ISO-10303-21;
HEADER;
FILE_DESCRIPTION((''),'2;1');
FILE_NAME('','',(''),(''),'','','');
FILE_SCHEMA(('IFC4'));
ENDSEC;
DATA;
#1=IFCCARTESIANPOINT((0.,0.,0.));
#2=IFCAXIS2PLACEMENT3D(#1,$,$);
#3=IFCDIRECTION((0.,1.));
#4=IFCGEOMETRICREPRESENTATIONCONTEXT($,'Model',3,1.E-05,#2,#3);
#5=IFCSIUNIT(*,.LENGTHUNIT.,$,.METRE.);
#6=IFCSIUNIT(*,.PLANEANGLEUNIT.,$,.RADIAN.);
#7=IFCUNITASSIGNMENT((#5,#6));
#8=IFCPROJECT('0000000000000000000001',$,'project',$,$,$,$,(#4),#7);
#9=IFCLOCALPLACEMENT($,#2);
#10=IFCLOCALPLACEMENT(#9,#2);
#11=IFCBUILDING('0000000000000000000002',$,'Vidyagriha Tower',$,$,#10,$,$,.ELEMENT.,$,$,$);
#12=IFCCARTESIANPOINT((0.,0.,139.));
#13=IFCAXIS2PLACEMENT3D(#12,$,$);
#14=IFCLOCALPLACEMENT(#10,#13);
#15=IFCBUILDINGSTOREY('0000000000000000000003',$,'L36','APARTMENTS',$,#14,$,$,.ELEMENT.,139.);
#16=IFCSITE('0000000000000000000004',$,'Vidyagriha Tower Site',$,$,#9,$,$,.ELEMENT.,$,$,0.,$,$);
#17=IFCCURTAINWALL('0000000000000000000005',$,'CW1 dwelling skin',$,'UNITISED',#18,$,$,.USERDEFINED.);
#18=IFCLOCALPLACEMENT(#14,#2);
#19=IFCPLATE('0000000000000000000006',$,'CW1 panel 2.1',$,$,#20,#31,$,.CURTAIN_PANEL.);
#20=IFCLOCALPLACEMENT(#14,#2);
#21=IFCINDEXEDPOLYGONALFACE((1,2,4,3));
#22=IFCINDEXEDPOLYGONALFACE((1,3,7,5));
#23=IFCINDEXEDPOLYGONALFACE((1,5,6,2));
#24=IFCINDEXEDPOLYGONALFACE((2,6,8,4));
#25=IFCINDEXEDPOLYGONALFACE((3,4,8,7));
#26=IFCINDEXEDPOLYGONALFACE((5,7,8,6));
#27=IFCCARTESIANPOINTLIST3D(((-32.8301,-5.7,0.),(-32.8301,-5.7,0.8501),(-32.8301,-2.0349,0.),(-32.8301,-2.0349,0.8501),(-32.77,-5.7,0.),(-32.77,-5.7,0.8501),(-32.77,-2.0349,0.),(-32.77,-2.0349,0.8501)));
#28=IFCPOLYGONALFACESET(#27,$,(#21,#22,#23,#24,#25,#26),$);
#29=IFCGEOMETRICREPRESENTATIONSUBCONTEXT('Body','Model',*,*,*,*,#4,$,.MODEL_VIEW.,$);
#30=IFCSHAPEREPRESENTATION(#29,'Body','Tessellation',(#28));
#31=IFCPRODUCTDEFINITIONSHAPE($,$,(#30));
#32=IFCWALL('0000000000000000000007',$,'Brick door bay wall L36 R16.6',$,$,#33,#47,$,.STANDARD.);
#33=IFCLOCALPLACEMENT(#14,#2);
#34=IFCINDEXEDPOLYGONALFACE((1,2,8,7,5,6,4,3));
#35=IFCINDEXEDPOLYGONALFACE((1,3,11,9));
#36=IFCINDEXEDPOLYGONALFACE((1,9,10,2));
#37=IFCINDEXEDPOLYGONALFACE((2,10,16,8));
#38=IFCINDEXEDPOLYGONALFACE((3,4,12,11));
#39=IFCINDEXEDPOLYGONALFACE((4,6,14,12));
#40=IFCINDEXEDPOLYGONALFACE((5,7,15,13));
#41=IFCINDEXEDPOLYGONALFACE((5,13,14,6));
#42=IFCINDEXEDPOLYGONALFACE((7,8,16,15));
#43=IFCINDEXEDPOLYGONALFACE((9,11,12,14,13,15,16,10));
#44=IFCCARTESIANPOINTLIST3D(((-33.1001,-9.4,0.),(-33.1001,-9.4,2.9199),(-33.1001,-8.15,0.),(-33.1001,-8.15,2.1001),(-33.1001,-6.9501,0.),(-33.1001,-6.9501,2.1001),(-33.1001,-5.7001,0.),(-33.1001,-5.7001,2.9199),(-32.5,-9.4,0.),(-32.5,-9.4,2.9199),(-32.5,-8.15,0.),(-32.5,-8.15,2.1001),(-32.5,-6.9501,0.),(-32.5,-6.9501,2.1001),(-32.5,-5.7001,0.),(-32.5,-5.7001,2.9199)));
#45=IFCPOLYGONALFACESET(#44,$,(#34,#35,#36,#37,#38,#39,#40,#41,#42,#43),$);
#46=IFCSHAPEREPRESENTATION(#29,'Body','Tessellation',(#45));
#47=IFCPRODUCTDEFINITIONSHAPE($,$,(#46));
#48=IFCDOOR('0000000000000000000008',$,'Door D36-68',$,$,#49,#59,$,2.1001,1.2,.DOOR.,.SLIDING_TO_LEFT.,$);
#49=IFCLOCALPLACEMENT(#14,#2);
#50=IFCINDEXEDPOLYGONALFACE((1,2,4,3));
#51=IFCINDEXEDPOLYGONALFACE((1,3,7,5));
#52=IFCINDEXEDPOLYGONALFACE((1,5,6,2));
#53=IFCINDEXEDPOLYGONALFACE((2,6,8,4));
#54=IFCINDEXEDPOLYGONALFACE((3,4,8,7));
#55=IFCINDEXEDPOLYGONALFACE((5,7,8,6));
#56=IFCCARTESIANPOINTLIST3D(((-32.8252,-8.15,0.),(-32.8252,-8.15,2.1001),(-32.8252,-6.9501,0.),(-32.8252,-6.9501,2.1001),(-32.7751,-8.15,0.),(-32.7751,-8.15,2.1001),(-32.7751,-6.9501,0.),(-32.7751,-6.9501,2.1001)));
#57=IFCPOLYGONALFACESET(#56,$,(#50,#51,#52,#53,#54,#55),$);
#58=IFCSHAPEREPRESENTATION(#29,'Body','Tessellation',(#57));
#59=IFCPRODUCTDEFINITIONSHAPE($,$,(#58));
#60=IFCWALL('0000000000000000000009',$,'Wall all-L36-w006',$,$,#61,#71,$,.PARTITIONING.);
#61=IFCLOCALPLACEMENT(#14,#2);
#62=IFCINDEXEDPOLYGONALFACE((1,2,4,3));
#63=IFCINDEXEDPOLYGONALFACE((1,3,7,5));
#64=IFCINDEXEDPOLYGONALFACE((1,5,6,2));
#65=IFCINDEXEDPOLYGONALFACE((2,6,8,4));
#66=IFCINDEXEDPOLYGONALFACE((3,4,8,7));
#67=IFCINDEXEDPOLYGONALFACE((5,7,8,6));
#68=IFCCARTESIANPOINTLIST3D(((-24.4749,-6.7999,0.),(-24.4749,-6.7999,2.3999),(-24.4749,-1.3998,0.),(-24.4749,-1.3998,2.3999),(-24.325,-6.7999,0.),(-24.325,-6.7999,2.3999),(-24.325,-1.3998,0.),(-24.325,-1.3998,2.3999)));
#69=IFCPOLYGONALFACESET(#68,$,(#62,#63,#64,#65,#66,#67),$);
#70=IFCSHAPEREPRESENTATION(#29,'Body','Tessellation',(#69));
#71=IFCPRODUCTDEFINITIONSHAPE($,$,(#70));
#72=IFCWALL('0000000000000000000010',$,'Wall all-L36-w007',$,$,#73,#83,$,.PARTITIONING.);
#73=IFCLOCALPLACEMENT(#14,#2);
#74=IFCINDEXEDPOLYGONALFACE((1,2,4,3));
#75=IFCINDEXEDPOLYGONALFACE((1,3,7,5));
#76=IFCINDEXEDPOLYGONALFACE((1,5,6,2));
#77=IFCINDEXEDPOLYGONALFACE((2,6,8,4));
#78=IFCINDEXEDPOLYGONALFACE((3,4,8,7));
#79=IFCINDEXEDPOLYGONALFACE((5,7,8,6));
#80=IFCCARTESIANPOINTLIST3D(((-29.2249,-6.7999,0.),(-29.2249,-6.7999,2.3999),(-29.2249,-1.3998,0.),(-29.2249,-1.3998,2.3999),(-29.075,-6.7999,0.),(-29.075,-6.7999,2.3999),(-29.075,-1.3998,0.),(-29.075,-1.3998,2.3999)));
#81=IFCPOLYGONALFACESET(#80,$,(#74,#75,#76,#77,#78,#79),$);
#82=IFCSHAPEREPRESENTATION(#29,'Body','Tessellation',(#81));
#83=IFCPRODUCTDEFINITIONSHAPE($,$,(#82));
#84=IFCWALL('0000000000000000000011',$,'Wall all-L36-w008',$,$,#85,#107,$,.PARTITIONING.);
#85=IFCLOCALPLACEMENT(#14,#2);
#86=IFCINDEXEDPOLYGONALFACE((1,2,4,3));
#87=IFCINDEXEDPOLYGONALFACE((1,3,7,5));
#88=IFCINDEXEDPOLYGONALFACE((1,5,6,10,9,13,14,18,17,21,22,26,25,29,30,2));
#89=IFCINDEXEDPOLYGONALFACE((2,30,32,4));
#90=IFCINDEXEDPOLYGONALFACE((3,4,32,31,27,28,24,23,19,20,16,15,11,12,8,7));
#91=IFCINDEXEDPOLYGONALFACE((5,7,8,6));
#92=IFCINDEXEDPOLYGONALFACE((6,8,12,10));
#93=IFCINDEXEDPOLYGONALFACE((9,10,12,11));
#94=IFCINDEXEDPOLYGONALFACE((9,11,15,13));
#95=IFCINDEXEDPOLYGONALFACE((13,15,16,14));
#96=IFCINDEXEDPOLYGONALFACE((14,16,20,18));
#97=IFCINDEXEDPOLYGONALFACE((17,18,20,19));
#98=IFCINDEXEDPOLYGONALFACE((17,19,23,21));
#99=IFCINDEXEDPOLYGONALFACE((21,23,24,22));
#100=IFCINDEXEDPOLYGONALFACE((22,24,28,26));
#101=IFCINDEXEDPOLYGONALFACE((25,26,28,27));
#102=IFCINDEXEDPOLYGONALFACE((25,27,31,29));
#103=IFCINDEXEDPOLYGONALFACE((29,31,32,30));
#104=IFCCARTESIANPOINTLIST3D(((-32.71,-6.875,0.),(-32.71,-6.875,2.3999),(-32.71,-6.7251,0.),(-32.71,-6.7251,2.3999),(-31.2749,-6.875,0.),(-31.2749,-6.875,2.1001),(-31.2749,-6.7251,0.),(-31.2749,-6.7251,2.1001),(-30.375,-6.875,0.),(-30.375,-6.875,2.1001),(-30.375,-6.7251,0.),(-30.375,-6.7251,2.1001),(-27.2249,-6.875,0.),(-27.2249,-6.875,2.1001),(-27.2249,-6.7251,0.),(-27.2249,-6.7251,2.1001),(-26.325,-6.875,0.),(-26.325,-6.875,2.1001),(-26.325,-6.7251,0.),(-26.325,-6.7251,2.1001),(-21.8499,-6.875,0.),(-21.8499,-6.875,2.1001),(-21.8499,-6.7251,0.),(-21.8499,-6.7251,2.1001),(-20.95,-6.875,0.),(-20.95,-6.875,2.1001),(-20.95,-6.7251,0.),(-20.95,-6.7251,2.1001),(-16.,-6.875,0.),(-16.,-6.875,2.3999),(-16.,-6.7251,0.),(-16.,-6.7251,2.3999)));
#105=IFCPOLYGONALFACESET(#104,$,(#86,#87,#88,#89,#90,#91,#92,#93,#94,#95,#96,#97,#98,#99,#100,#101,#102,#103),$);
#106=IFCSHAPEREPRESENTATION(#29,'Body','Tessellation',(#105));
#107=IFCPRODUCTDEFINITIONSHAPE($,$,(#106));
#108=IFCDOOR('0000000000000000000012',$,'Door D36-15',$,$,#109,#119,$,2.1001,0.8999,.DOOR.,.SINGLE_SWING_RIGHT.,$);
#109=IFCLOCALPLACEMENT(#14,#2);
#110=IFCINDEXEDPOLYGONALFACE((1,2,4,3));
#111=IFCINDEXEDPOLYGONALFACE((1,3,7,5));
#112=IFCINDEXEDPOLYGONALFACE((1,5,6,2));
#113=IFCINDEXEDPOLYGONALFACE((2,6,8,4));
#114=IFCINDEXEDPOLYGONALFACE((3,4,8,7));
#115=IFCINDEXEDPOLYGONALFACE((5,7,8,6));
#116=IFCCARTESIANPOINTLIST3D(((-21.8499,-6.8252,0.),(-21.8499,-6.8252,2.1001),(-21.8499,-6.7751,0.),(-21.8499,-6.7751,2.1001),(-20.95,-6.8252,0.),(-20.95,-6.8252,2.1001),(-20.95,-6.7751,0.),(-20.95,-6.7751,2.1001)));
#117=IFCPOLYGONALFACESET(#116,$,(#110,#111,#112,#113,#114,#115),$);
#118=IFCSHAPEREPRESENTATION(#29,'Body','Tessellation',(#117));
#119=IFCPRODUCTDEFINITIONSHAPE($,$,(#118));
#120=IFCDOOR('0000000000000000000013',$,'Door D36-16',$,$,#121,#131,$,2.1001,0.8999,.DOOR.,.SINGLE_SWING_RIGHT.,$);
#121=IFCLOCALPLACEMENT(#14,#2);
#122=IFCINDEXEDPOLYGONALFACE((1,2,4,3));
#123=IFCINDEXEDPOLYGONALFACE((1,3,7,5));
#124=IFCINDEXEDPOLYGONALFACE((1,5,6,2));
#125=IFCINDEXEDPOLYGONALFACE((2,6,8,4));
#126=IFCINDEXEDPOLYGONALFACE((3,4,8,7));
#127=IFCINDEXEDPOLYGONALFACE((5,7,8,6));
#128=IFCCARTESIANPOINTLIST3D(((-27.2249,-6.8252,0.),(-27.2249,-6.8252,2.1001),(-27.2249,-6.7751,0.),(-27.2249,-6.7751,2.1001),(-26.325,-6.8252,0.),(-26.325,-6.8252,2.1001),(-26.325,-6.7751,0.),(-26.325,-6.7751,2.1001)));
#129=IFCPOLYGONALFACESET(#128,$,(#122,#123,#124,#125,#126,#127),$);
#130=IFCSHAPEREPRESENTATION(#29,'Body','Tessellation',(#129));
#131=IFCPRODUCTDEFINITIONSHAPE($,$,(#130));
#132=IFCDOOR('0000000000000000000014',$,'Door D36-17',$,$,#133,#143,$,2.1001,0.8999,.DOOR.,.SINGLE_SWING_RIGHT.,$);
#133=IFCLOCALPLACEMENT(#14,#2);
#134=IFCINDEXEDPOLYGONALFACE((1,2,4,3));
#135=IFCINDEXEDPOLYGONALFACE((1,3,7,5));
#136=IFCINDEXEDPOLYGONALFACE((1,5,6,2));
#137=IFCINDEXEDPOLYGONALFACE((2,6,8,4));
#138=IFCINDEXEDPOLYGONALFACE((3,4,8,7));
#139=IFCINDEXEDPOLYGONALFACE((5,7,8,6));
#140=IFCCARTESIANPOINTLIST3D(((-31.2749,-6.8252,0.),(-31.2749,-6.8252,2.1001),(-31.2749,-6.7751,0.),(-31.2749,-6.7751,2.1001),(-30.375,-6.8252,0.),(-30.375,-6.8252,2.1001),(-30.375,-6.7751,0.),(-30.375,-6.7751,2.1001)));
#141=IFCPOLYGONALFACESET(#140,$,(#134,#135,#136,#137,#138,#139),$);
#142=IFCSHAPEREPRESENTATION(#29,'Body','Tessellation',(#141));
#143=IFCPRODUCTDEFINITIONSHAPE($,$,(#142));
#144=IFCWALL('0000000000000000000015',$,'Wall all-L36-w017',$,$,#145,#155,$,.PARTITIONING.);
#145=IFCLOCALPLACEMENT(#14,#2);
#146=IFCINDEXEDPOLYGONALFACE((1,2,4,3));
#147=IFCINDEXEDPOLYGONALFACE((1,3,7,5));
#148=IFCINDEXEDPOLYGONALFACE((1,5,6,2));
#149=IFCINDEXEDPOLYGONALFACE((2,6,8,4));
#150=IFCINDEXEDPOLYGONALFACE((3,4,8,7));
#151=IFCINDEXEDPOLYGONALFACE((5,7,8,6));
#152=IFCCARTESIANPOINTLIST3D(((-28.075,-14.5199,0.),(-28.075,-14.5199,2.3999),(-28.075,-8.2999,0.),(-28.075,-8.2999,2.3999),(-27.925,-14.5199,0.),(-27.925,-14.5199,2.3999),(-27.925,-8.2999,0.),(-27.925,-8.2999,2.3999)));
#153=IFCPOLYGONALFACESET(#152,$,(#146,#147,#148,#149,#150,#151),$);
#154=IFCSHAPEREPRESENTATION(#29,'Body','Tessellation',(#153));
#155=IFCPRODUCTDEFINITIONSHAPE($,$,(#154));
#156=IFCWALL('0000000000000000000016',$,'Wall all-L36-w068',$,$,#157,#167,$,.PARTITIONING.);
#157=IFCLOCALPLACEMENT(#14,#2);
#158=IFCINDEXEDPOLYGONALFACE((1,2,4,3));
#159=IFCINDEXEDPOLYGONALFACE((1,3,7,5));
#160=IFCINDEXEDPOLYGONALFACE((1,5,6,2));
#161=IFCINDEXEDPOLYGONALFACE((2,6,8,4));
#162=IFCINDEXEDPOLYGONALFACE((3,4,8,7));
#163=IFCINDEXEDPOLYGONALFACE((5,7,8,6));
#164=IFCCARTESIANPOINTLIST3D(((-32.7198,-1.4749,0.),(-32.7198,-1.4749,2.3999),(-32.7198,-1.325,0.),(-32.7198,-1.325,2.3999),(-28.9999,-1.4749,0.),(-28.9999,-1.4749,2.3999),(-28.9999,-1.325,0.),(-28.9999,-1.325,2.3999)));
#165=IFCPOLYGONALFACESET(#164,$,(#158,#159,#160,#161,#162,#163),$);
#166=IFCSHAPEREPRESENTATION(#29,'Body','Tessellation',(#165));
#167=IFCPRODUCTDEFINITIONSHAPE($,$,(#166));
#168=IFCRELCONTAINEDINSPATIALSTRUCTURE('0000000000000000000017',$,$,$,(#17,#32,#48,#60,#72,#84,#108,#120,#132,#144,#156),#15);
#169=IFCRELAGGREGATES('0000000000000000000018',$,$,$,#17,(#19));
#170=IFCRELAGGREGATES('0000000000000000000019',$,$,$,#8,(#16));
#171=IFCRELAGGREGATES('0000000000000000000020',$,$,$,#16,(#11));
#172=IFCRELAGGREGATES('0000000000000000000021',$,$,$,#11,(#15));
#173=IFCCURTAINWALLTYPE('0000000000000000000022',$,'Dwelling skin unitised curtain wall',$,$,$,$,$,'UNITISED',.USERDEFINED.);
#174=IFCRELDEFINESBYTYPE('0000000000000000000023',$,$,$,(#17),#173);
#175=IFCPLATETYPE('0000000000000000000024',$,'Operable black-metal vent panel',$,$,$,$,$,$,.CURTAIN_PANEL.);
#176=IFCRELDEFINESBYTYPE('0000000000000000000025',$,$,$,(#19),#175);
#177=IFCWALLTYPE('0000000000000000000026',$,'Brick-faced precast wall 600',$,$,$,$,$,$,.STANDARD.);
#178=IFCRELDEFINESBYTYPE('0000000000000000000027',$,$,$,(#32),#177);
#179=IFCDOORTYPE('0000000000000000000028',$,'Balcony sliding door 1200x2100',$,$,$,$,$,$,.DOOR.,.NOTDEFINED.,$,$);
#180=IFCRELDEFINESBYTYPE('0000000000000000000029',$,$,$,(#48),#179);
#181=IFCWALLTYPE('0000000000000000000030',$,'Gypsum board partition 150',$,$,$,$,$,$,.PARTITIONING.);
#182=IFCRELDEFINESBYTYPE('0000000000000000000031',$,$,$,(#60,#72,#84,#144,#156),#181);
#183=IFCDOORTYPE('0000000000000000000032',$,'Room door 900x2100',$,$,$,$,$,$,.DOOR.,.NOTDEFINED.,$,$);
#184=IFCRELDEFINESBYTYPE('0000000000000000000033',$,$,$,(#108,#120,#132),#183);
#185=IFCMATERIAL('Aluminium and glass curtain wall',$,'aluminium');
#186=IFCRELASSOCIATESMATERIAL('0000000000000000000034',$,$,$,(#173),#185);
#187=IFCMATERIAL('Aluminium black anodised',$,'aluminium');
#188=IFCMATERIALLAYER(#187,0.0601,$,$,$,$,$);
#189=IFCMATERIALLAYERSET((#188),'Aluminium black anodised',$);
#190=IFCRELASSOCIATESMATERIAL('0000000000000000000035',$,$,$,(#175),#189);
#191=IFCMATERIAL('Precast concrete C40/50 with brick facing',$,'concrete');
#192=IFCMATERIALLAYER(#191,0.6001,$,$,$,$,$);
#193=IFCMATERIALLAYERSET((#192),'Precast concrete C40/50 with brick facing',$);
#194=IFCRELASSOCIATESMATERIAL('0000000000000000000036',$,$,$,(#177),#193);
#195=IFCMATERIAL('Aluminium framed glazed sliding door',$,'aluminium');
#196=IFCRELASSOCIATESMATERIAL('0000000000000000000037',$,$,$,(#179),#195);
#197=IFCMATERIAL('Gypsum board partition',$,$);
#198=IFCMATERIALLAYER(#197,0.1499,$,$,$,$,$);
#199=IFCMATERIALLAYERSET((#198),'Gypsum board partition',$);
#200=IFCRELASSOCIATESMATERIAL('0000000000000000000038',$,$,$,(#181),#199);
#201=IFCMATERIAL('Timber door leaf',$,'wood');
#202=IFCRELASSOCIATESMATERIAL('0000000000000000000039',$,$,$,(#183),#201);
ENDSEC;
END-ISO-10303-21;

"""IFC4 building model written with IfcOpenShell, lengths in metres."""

from ifc_helpers import new_model, si_unit, direction, frame, frame_2d, origin, origin_2d, place, context, subcontext, project, spatial, rectangle, extrude, material, layer, layer_set, type_object, element, fill, aggregate, save


model = new_model("IFC4")

# Units and contexts
model_context = context("Model", 3, precision=1e-05, world=origin(), true_north=direction((0.0, 1.0)))
body_context = subcontext(model_context, "Body", "Model", "MODEL_VIEW")
ifc_project = project(units=[si_unit("LENGTHUNIT", "METRE"), si_unit("PLANEANGLEUNIT", "RADIAN")], contexts=[model_context])

# Site, building, storey
site_placement = place(None, origin())
site = spatial("IfcSite", under=ifc_project, at=site_placement, Name="Vidyagriha Tower Site", CompositionType="ELEMENT", RefElevation=0.0)
building_placement = place(site_placement, origin())
building = spatial("IfcBuilding", under=site, at=building_placement, Name="Vidyagriha Tower", CompositionType="ELEMENT")
storey_placement = place(building_placement, frame((0.0, 0.0, 139.0)))
storey = spatial("IfcBuildingStorey", under=building, at=storey_placement, Name="L36", Description="APARTMENTS", CompositionType="ELEMENT", Elevation=139.0)

# Curtain wall
ifc_material_1 = material(Name="Aluminium and glass curtain wall", Category="aluminium")
curtain_wall_type = type_object("IfcCurtainWallType", Name="Dwelling skin unitised curtain wall", ElementType="UNITISED", PredefinedType="USERDEFINED", material=ifc_material_1)
curtain_wall_1_placement = place(storey_placement, origin())
curtain_wall_1 = element("IfcCurtainWall", 1, at=curtain_wall_1_placement, inside=storey, type_object=curtain_wall_type, Name="CW1 dwelling skin", ObjectType="UNITISED", PredefinedType="USERDEFINED")

# Plate
ifc_material_2 = material(Name="Aluminium black anodised", Category="aluminium")
ifc_layer_1 = layer(ifc_material_2, 0.0601)
ifc_layer_set_1 = layer_set([ifc_layer_1], Name="Aluminium black anodised")
plate_type_1 = type_object("IfcPlateType", Name="Operable black-metal vent panel", PredefinedType="CURTAIN_PANEL", material=ifc_layer_set_1)
plate_1_placement = place(storey_placement, frame((-32.8, -3.8674, 0.0), z_axis=(0.0, 0.0, 1.0), x_axis=(0.0, -1.0, 0.0)))
plate_1 = element("IfcPlate", 2, at=plate_1_placement, type_object=plate_type_1, Name="CW1 panel 2.1", PredefinedType="CURTAIN_PANEL", context=body_context, shape_type="SweptSolid", body=[
    extrude(rectangle(XDim=3.665, YDim=0.0601, at=origin_2d()), origin(), (0.0, 0.0, 1.0), 0.8501),
])
aggregate(curtain_wall_1, [plate_1])

# Wall, opening, door
ifc_material_3 = material(Name="Precast concrete C40/50 with brick facing", Category="concrete")
ifc_layer_2 = layer(ifc_material_3, 0.6001)
ifc_layer_set_2 = layer_set([ifc_layer_2], Name="Precast concrete C40/50 with brick facing")
wall_type_1 = type_object("IfcWallType", Name="Brick-faced precast wall 600", PredefinedType="STANDARD", material=ifc_layer_set_2)
wall_1_placement = place(storey_placement, frame((-32.8, -5.7, 0.0), z_axis=(0.0, 0.0, 1.0), x_axis=(0.0, -1.0, 0.0)))
wall_1 = element("IfcWall", 3, at=wall_1_placement, inside=storey, type_object=wall_type_1, Name="Brick door bay wall L36 R16.6", PredefinedType="STANDARD", context=body_context, shape_type="SweptSolid", body=[
    extrude(rectangle(XDim=3.7, YDim=0.6001, at=frame_2d((1.8501, 0.0))), origin(), (0.0, 0.0, 1.0), 2.9199),
])
opening_1_placement = place(wall_1_placement, frame((1.25, 0.0, 0.0)))
opening_1 = element("IfcOpeningElement", 4, at=opening_1_placement, cuts=wall_1, PredefinedType="OPENING", context=body_context, shape_type="SweptSolid", body=[
    extrude(rectangle(XDim=1.2, YDim=2.1001, at=frame_2d((0.6001, 1.05))), frame((0.0, 0.3101, 0.0), z_axis=(0.0, -1.0, 0.0), x_axis=(1.0, 0.0, 0.0)), (0.0, 0.0, 1.0), 0.6201),
])
ifc_material_4 = material(Name="Aluminium framed glazed sliding door", Category="aluminium")
door_type_1 = type_object("IfcDoorType", Name="Balcony sliding door 1200x2100", OperationType="NOTDEFINED", PredefinedType="DOOR", material=ifc_material_4)
door_1_placement = place(opening_1_placement, origin())
door_1 = element("IfcDoor", 5, at=door_1_placement, inside=storey, type_object=door_type_1, Name="Door D36-68", OperationType="SLIDING_TO_LEFT", OverallHeight=2.1001, OverallWidth=1.2, PredefinedType="DOOR", context=body_context, shape_type="SweptSolid", body=[
    extrude(rectangle(XDim=1.2, YDim=2.1001, at=frame_2d((0.6001, 1.05))), frame((0.0, 0.0249, 0.0), z_axis=(0.0, -1.0, 0.0), x_axis=(1.0, 0.0, 0.0)), (0.0, 0.0, 1.0), 0.05),
])
fill(opening_1, door_1)

# Walls
ifc_material_5 = material(Name="Gypsum board partition")
ifc_layer_3 = layer(ifc_material_5, 0.1499)
ifc_layer_set_3 = layer_set([ifc_layer_3], Name="Gypsum board partition")
wall_type_2 = type_object("IfcWallType", Name="Gypsum board partition 150", PredefinedType="PARTITIONING", material=ifc_layer_set_3)
for number, where, z_axis, x_axis, name in (
    (6, (-24.3999, -6.8, 0.0), (0.0, 0.0, 1.0), (0.0, 1.0, 0.0), "Wall all-L36-w006"),
    (7, (-29.1499, -6.8, 0.0), (0.0, 0.0, 1.0), (0.0, 1.0, 0.0), "Wall all-L36-w007"),
):
    element("IfcWall", number, at=place(storey_placement, frame(where, z_axis=z_axis, x_axis=x_axis)), inside=storey, type_object=wall_type_2, Name=name, PredefinedType="PARTITIONING", context=body_context, shape_type="SweptSolid", body=[
        extrude(rectangle(XDim=5.4001, YDim=0.1499, at=frame_2d((2.7002, 0.0))), origin(), (0.0, 0.0, 1.0), 2.3999),
    ])

# Wall, openings, doors
wall_2_placement = place(storey_placement, frame((-32.71, -6.8, 0.0)))
wall_2 = element("IfcWall", 8, at=wall_2_placement, inside=storey, type_object=wall_type_2, Name="Wall all-L36-w008", PredefinedType="PARTITIONING", context=body_context, shape_type="SweptSolid", body=[
    extrude(rectangle(XDim=16.71, YDim=0.1499, at=frame_2d((8.355, 0.0))), origin(), (0.0, 0.0, 1.0), 2.3999),
])
opening_2_placement = place(wall_2_placement, frame((10.8601, 0.0, 0.0)))
opening_2 = element("IfcOpeningElement", 9, at=opening_2_placement, cuts=wall_2, PredefinedType="OPENING", context=body_context, shape_type="SweptSolid", body=[
    extrude(rectangle(XDim=0.8999, YDim=2.1001, at=frame_2d((0.45, 1.05))), frame((0.0, 0.085, 0.0), z_axis=(0.0, -1.0, 0.0), x_axis=(1.0, 0.0, 0.0)), (0.0, 0.0, 1.0), 0.1699),
])
opening_3_placement = place(wall_2_placement, frame((5.4851, 0.0, 0.0)))
opening_3 = element("IfcOpeningElement", 10, at=opening_3_placement, cuts=wall_2, PredefinedType="OPENING", context=body_context, shape_type="SweptSolid", body=[
    extrude(rectangle(XDim=0.8999, YDim=2.1001, at=frame_2d((0.45, 1.05))), frame((0.0, 0.085, 0.0), z_axis=(0.0, -1.0, 0.0), x_axis=(1.0, 0.0, 0.0)), (0.0, 0.0, 1.0), 0.1699),
])
opening_4_placement = place(wall_2_placement, frame((1.4351, 0.0, 0.0)))
opening_4 = element("IfcOpeningElement", 11, at=opening_4_placement, cuts=wall_2, PredefinedType="OPENING", context=body_context, shape_type="SweptSolid", body=[
    extrude(rectangle(XDim=0.8999, YDim=2.1001, at=frame_2d((0.45, 1.05))), frame((0.0, 0.085, 0.0), z_axis=(0.0, -1.0, 0.0), x_axis=(1.0, 0.0, 0.0)), (0.0, 0.0, 1.0), 0.1699),
])
ifc_material_6 = material(Name="Timber door leaf", Category="wood")
door_type_2 = type_object("IfcDoorType", Name="Room door 900x2100", OperationType="NOTDEFINED", PredefinedType="DOOR", material=ifc_material_6)
door_2_placement = place(opening_2_placement, origin())
door_2 = element("IfcDoor", 12, at=door_2_placement, inside=storey, type_object=door_type_2, Name="Door D36-15", OperationType="SINGLE_SWING_RIGHT", OverallHeight=2.1001, OverallWidth=0.8999, PredefinedType="DOOR", context=body_context, shape_type="SweptSolid", body=[
    extrude(rectangle(XDim=0.8999, YDim=2.1001, at=frame_2d((0.45, 1.05))), frame((0.0, 0.0249, 0.0), z_axis=(0.0, -1.0, 0.0), x_axis=(1.0, 0.0, 0.0)), (0.0, 0.0, 1.0), 0.05),
])
fill(opening_2, door_2)
door_3_placement = place(opening_3_placement, origin())
door_3 = element("IfcDoor", 13, at=door_3_placement, inside=storey, type_object=door_type_2, Name="Door D36-16", OperationType="SINGLE_SWING_RIGHT", OverallHeight=2.1001, OverallWidth=0.8999, PredefinedType="DOOR", context=body_context, shape_type="SweptSolid", body=[
    extrude(rectangle(XDim=0.8999, YDim=2.1001, at=frame_2d((0.45, 1.05))), frame((0.0, 0.0249, 0.0), z_axis=(0.0, -1.0, 0.0), x_axis=(1.0, 0.0, 0.0)), (0.0, 0.0, 1.0), 0.05),
])
fill(opening_3, door_3)
door_4_placement = place(opening_4_placement, origin())
door_4 = element("IfcDoor", 14, at=door_4_placement, inside=storey, type_object=door_type_2, Name="Door D36-17", OperationType="SINGLE_SWING_RIGHT", OverallHeight=2.1001, OverallWidth=0.8999, PredefinedType="DOOR", context=body_context, shape_type="SweptSolid", body=[
    extrude(rectangle(XDim=0.8999, YDim=2.1001, at=frame_2d((0.45, 1.05))), frame((0.0, 0.0249, 0.0), z_axis=(0.0, -1.0, 0.0), x_axis=(1.0, 0.0, 0.0)), (0.0, 0.0, 1.0), 0.05),
])
fill(opening_4, door_4)

# Walls
wall_3_placement = place(storey_placement, frame((-28.0, -8.3, 0.0), z_axis=(0.0, 0.0, 1.0), x_axis=(0.0, -1.0, 0.0)))
element("IfcWall", 15, at=wall_3_placement, inside=storey, type_object=wall_type_2, Name="Wall all-L36-w017", PredefinedType="PARTITIONING", context=body_context, shape_type="SweptSolid", body=[
    extrude(rectangle(XDim=6.22, YDim=0.1499, at=frame_2d((3.1099, 0.0))), origin(), (0.0, 0.0, 1.0), 2.3999),
])
wall_4_placement = place(storey_placement, frame((-29.0, -1.3999, 0.0), z_axis=(0.0, 0.0, 1.0), x_axis=(-1.0, 0.0, 0.0)))
element("IfcWall", 16, at=wall_4_placement, inside=storey, type_object=wall_type_2, Name="Wall all-L36-w068", PredefinedType="PARTITIONING", context=body_context, shape_type="SweptSolid", body=[
    extrude(rectangle(XDim=3.72, YDim=0.1499, at=frame_2d((1.8599, 0.0))), origin(), (0.0, 0.0, 1.0), 2.3999),
])

save(model, "model.ifc")
